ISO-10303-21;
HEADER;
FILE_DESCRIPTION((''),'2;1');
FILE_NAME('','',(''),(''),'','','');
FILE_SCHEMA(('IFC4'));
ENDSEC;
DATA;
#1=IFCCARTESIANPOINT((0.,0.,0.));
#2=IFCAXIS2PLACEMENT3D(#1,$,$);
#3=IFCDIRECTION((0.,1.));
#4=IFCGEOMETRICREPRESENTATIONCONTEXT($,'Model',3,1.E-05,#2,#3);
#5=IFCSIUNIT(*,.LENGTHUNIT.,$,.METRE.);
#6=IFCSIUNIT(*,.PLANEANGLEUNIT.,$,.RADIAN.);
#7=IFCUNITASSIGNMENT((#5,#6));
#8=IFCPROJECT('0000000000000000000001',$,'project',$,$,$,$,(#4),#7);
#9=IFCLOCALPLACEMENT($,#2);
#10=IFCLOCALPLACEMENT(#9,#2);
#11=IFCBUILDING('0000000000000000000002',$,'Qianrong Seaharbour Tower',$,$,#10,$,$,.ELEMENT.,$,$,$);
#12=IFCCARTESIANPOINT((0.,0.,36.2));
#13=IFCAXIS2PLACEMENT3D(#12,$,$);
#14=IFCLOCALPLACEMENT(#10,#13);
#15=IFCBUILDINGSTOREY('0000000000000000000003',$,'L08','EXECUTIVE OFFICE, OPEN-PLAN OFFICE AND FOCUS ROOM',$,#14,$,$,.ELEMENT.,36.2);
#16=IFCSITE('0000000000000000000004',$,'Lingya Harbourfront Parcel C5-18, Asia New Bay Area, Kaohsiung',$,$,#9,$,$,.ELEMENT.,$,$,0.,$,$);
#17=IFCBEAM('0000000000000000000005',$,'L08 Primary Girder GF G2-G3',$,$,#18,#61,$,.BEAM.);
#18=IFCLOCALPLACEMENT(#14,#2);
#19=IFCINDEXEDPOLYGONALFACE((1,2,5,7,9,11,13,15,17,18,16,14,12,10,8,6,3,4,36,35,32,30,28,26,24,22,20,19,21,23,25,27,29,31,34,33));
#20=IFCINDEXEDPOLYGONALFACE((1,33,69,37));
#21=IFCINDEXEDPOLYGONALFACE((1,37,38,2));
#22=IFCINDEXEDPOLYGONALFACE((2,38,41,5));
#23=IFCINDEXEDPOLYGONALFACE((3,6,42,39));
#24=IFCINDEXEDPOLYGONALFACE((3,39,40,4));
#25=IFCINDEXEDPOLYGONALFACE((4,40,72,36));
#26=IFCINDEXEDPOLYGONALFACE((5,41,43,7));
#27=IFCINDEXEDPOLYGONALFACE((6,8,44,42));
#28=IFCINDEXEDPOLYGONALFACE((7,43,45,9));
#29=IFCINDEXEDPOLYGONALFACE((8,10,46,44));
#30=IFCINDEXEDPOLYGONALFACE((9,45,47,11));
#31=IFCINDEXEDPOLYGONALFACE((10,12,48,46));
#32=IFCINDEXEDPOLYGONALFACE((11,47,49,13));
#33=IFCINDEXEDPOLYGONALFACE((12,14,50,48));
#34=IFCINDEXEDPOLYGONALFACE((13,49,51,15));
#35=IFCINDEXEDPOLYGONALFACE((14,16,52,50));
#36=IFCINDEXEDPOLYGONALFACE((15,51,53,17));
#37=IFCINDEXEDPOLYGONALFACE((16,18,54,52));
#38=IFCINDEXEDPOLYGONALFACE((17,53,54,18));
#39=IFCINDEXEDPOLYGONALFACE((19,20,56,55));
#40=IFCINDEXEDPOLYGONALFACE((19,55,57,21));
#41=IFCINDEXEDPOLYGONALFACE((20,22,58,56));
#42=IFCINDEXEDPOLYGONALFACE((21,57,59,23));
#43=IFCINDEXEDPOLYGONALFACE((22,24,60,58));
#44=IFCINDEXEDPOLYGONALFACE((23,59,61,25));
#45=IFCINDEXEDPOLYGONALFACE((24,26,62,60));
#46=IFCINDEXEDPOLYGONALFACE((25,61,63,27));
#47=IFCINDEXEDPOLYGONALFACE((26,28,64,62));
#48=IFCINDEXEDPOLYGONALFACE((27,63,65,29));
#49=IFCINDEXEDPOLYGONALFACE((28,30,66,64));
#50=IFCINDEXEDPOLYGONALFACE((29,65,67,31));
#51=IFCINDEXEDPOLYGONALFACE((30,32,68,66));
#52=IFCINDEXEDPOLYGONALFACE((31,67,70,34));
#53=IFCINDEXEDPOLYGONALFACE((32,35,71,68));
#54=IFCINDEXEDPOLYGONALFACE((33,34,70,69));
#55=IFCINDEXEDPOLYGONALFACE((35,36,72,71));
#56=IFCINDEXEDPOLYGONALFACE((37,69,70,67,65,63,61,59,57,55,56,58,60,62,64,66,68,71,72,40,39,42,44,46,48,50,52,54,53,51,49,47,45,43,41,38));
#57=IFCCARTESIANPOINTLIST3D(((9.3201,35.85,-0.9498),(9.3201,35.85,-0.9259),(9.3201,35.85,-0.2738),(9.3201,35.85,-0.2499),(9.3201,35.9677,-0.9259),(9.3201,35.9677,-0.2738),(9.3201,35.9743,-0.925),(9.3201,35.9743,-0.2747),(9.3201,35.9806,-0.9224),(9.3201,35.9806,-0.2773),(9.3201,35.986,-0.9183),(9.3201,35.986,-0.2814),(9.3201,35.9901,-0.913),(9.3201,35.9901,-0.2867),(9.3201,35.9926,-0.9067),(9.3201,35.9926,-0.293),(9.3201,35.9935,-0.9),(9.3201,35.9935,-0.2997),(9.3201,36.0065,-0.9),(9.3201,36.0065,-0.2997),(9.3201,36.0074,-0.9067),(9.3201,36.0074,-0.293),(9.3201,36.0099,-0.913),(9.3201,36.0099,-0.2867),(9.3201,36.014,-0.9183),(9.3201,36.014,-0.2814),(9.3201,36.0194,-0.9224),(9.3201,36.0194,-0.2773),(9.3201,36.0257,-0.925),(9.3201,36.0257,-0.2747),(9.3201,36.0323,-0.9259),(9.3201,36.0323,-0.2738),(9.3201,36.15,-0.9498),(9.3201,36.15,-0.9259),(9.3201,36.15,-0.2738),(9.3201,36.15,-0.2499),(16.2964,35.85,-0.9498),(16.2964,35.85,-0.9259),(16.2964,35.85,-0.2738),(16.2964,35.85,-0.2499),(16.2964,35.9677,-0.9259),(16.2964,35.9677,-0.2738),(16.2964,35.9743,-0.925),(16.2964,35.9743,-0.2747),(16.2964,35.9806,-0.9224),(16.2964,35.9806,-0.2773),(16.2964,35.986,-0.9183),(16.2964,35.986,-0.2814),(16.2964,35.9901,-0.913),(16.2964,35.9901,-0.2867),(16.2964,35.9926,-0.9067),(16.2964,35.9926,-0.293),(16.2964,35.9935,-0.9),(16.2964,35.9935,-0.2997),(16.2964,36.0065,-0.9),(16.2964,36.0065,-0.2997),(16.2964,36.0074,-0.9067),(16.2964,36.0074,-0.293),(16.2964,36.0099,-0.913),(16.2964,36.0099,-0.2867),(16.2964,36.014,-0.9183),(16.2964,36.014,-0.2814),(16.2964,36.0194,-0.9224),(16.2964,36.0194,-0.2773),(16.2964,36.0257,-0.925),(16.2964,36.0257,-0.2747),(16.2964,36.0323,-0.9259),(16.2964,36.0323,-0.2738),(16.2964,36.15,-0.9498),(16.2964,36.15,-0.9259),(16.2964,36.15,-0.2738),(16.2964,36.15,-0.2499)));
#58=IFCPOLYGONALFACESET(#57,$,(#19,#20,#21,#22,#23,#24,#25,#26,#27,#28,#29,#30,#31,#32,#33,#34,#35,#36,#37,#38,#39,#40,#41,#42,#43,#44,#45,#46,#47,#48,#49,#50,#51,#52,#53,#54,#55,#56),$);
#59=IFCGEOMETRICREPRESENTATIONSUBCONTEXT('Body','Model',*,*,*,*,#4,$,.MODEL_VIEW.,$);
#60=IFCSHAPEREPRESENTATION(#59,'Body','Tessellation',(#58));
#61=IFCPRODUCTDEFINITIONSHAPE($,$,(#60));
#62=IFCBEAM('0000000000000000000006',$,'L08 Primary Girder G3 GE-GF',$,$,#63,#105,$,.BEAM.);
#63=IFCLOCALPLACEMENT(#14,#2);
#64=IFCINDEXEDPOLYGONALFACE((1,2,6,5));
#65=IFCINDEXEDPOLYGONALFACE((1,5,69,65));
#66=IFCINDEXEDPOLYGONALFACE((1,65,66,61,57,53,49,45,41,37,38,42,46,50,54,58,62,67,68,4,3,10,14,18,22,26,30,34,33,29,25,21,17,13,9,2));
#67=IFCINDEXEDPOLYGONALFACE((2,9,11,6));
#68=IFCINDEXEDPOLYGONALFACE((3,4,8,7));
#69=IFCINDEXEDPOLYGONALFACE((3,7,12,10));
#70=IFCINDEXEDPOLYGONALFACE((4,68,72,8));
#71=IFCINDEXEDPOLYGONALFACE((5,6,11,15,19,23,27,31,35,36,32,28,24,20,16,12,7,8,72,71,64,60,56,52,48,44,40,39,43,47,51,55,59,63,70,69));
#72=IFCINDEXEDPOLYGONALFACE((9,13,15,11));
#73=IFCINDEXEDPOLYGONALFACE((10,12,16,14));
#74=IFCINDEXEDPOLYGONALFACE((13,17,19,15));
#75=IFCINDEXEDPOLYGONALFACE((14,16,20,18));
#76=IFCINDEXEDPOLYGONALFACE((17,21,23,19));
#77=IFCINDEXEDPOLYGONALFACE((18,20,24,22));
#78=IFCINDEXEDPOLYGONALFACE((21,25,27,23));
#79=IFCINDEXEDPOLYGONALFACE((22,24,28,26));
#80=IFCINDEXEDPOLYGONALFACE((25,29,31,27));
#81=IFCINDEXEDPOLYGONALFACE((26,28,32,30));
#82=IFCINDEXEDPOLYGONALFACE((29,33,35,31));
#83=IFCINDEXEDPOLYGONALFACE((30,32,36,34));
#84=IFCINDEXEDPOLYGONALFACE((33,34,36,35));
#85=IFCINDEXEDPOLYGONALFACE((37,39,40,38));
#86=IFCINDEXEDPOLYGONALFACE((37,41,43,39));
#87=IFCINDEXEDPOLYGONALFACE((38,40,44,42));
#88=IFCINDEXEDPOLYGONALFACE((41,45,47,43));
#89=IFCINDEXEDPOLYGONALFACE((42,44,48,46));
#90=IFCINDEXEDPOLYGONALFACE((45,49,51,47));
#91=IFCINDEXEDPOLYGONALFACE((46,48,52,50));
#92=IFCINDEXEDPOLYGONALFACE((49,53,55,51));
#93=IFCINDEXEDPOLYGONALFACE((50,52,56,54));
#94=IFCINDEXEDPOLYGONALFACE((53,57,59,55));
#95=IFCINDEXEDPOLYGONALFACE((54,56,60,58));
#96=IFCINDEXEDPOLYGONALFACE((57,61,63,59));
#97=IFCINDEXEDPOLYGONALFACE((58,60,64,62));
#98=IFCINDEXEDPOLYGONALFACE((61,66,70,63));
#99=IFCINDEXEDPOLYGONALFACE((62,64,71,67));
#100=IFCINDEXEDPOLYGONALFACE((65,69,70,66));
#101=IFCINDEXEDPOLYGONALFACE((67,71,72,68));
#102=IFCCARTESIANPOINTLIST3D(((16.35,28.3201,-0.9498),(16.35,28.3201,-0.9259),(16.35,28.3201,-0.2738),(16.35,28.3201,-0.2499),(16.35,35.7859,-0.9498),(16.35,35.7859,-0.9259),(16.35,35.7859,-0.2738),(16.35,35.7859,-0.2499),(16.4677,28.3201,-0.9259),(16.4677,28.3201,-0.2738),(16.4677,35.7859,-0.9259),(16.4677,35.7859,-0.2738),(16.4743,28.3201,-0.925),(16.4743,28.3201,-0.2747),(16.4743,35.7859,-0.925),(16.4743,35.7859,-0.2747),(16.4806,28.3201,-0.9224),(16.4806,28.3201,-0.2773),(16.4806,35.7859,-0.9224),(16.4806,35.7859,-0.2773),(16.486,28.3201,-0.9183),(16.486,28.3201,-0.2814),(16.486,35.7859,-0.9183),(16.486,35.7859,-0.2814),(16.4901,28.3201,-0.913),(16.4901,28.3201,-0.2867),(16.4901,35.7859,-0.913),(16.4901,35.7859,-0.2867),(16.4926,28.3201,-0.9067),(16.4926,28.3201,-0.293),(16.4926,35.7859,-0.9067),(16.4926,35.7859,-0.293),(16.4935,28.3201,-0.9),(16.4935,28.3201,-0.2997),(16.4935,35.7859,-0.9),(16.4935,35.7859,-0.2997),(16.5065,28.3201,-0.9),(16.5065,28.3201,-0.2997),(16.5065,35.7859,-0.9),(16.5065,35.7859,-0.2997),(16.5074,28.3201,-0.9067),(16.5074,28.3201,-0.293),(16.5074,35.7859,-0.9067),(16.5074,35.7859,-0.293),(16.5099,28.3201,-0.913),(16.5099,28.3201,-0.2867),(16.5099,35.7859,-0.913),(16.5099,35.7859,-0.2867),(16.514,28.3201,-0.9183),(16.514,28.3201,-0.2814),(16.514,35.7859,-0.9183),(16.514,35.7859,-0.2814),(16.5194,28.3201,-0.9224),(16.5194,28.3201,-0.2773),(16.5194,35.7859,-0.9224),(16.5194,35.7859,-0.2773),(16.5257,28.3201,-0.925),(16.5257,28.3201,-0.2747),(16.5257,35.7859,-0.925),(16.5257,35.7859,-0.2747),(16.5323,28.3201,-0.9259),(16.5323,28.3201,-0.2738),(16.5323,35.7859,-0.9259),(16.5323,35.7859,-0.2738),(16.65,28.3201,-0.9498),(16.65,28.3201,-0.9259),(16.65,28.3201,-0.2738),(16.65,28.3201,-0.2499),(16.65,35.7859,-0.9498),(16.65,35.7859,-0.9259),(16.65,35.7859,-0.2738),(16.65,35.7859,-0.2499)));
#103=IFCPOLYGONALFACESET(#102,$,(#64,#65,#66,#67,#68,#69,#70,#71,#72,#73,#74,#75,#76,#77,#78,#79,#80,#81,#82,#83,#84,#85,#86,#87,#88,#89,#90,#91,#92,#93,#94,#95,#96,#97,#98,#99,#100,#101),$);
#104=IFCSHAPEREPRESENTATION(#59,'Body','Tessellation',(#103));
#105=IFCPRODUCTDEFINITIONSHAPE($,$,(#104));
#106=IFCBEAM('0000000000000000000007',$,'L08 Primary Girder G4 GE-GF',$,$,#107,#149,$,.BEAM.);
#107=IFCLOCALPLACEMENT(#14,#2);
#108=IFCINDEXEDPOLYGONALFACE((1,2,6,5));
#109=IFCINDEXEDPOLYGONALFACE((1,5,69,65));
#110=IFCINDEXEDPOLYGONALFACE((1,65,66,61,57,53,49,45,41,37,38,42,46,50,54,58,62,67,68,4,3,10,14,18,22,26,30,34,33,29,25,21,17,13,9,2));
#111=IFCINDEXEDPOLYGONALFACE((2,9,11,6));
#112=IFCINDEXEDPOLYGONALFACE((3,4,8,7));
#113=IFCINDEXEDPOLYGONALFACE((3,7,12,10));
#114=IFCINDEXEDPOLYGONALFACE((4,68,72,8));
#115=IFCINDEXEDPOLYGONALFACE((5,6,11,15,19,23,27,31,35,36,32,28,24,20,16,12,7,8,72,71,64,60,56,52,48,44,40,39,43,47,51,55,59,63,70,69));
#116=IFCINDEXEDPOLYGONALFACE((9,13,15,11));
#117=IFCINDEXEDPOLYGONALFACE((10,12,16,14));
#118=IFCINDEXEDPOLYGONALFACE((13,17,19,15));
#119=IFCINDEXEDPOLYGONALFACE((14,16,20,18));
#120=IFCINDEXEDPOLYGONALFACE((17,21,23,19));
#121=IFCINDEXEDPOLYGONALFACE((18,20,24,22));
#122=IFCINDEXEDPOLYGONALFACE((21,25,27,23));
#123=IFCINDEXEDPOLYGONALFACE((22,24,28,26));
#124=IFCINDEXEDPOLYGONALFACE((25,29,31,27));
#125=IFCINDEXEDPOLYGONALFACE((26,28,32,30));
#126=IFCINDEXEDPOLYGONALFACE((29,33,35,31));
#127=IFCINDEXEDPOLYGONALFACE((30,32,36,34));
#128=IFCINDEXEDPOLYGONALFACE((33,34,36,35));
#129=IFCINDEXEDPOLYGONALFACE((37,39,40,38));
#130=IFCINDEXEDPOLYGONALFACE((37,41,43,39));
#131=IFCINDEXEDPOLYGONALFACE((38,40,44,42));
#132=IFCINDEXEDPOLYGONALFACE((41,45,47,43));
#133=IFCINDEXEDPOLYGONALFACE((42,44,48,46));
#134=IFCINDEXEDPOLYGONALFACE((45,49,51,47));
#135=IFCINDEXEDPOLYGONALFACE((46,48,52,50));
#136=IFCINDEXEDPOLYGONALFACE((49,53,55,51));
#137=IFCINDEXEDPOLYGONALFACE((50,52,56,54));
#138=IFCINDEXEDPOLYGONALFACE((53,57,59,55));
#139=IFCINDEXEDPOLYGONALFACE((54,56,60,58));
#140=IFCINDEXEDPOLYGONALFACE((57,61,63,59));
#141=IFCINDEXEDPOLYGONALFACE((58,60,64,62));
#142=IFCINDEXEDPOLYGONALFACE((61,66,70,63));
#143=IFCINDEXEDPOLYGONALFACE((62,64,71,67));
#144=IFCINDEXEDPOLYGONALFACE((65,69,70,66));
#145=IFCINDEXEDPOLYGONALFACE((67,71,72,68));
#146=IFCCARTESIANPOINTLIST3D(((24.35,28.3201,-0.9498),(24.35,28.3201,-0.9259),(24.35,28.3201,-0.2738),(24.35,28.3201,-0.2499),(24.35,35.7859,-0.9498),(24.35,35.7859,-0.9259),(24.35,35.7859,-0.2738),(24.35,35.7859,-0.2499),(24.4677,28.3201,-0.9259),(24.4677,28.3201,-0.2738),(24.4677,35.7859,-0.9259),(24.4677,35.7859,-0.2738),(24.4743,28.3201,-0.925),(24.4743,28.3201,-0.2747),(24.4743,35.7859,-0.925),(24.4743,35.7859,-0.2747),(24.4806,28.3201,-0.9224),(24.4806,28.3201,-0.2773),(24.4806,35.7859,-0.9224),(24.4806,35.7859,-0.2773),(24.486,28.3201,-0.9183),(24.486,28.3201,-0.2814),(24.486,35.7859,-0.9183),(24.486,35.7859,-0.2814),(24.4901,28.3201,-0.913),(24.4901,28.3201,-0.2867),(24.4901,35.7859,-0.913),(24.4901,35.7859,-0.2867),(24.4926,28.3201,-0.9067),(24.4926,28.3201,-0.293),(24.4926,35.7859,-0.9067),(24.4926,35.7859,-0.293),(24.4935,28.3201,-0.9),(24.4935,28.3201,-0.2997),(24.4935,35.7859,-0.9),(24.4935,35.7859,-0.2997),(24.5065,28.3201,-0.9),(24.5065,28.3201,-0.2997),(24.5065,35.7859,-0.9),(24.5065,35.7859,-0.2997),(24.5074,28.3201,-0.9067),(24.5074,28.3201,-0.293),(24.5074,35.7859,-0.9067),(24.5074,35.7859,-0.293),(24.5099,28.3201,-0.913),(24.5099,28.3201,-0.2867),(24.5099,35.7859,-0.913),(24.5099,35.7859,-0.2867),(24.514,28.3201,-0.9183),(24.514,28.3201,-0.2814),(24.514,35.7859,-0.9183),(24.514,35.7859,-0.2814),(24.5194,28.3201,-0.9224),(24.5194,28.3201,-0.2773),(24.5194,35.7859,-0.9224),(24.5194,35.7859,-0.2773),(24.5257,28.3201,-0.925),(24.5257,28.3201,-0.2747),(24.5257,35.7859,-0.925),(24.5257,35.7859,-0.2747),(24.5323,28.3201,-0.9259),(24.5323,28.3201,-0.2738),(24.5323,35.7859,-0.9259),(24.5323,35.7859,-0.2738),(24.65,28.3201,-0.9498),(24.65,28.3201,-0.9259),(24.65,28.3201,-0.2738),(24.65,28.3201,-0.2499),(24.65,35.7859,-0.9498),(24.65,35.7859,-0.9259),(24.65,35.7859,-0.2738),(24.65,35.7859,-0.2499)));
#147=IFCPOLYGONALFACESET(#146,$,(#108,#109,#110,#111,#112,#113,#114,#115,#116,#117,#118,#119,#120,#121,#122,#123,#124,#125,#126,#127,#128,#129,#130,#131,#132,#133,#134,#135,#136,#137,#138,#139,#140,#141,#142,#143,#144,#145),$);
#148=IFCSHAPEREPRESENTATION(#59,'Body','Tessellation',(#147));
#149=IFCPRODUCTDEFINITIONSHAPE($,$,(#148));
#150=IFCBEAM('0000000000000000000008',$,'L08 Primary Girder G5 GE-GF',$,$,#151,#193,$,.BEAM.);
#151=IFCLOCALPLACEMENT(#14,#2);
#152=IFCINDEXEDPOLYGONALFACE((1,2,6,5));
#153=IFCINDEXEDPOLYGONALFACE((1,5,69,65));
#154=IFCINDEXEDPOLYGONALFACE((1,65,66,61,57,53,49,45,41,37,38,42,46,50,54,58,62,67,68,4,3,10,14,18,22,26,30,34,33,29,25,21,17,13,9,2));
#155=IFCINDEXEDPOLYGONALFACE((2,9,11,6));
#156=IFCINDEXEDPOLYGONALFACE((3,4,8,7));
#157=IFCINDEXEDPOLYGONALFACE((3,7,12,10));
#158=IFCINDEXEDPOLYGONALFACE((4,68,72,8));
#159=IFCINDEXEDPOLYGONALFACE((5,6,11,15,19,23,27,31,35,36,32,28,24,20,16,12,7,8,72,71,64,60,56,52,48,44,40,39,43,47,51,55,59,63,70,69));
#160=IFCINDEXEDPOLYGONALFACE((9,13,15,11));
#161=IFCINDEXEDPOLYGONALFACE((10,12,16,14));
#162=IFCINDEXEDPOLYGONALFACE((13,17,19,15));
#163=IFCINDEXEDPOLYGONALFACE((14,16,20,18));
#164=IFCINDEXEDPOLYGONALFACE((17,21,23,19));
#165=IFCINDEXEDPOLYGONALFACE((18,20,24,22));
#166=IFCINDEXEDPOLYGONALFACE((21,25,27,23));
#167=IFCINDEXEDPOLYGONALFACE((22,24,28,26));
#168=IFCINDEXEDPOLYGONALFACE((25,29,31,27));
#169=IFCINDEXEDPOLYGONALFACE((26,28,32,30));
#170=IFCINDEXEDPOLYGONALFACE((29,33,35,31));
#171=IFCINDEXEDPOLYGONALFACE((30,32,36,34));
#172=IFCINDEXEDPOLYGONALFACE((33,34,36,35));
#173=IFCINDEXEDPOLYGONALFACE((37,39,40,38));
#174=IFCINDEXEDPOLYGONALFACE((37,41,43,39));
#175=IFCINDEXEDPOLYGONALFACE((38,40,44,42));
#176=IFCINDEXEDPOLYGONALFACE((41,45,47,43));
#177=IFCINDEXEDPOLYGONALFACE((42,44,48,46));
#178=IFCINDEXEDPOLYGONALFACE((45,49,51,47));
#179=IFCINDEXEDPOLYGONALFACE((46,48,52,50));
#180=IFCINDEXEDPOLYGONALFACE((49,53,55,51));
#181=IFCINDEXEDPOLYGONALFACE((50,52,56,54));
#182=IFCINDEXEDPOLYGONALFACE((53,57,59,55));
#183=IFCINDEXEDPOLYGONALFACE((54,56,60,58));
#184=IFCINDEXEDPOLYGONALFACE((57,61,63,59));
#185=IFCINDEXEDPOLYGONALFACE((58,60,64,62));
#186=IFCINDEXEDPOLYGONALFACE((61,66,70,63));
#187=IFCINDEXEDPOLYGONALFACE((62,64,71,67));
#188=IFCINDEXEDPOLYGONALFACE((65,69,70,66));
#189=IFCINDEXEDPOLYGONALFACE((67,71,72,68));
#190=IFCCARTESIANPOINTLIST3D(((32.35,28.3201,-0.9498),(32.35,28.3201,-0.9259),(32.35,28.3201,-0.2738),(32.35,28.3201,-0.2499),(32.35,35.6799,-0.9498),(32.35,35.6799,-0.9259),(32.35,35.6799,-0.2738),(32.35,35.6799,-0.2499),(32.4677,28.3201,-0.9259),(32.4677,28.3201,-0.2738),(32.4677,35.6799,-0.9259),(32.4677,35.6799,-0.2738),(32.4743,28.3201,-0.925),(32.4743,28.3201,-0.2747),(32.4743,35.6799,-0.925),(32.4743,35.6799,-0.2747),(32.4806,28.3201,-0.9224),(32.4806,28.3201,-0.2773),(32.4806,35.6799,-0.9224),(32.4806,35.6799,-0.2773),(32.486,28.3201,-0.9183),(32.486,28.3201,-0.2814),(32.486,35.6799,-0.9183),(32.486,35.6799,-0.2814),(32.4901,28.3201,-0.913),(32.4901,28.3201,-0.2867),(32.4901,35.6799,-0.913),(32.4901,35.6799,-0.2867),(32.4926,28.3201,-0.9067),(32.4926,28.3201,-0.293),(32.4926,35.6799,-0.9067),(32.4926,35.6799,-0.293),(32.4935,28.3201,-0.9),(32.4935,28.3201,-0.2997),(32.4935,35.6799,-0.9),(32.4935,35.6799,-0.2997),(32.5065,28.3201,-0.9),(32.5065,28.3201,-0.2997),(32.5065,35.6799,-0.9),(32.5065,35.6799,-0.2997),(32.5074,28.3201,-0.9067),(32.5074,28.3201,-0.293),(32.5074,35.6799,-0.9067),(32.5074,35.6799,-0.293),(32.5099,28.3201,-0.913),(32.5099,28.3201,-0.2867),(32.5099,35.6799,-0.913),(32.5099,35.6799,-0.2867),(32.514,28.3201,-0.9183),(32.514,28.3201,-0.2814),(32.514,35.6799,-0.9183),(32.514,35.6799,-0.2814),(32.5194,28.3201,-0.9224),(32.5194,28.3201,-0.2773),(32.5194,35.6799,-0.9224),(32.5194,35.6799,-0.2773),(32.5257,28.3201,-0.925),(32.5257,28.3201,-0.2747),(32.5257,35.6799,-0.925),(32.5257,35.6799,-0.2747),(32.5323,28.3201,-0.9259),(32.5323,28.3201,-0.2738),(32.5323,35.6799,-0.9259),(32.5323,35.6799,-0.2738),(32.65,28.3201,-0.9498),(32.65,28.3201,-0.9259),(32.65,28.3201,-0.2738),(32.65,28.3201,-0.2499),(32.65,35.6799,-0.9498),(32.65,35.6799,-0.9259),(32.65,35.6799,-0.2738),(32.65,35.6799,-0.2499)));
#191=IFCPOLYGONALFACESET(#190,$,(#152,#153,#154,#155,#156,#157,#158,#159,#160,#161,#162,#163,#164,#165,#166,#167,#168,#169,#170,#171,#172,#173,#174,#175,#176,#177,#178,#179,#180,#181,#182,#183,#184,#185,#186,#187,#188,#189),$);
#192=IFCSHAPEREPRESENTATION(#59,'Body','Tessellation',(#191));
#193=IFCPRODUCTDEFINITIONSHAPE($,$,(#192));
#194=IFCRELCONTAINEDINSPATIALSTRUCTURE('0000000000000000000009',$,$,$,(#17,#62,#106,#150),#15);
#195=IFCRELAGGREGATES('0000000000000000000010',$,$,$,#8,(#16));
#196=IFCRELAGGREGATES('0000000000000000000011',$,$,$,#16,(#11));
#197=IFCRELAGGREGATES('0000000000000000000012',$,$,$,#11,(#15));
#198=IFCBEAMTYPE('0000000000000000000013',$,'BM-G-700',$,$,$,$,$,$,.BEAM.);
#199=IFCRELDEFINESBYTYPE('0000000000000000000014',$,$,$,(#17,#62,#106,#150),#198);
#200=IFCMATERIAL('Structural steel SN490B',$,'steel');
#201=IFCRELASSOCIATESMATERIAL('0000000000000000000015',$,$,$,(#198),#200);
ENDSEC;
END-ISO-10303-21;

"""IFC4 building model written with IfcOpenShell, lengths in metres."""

from ifc_helpers import new_model, si_unit, direction, frame, origin, origin_2d, place, context, subcontext, project, spatial, i_section, extrude, material, material_profile, profile_set, type_object, element, save


model = new_model("IFC4")

# Units and contexts
model_context = context("Model", 3, precision=1e-05, world=origin(), true_north=direction((0.0, 1.0)))
body_context = subcontext(model_context, "Body", "Model", "MODEL_VIEW")
ifc_project = project(units=[si_unit("LENGTHUNIT", "METRE"), si_unit("PLANEANGLEUNIT", "RADIAN")], contexts=[model_context])

# Site, building, storey
site_placement = place(None, origin())
site = spatial("IfcSite", under=ifc_project, at=site_placement, Name="Lingya Harbourfront Parcel C5-18, Asia New Bay Area, Kaohsiung", CompositionType="ELEMENT", RefElevation=0.0)
building_placement = place(site_placement, origin())
building = spatial("IfcBuilding", under=site, at=building_placement, Name="Qianrong Seaharbour Tower", CompositionType="ELEMENT")
storey_placement = place(building_placement, frame((0.0, 0.0, 36.2)))
storey = spatial("IfcBuildingStorey", under=building, at=storey_placement, Name="L08", Description="EXECUTIVE OFFICE, OPEN-PLAN OFFICE AND FOCUS ROOM", CompositionType="ELEMENT", Elevation=36.2)

# Shared definitions
ifc_material_1 = material(Name="Structural steel SN490B", Category="steel")

# Beams
ifc_material_profile_1 = material_profile(ifc_material_1, i_section(OverallWidth=0.3, OverallDepth=0.7, WebThickness=0.0129, FlangeThickness=0.0239, FilletRadius=0.0259, at=origin_2d()), Name="H700x300x13x24")
ifc_profile_set_1 = profile_set([ifc_material_profile_1], Name="Structural steel SN490B")
beam_type_1 = type_object("IfcBeamType", Name="BM-G-700", PredefinedType="BEAM", material=ifc_profile_set_1)
beam_1_placement = place(storey_placement, frame((9.3201, 36.0, -0.5999), z_axis=(1.0, 0.0, 0.0), x_axis=(0.0, 1.0, 0.0)))
element("IfcBeam", 1, at=beam_1_placement, inside=storey, type_object=beam_type_1, Name="L08 Primary Girder GF G2-G3", PredefinedType="BEAM", context=body_context, shape_type="SweptSolid", body=[
    extrude(i_section(OverallWidth=0.3, OverallDepth=0.7, WebThickness=0.0129, FlangeThickness=0.0239, FilletRadius=0.0259, at=origin_2d()), origin(), (0.0, 0.0, 1.0), 6.9763),
])
for number, where, z_axis, x_axis, name in (
    (2, (16.5, 28.3201, -0.5999), (0.0, 1.0, 0.0), (-1.0, 0.0, 0.0), "L08 Primary Girder G3 GE-GF"),
    (3, (24.5, 28.3201, -0.5999), (0.0, 1.0, 0.0), (-1.0, 0.0, 0.0), "L08 Primary Girder G4 GE-GF"),
):
    element("IfcBeam", number, at=place(storey_placement, frame(where, z_axis=z_axis, x_axis=x_axis)), inside=storey, type_object=beam_type_1, Name=name, PredefinedType="BEAM", context=body_context, shape_type="SweptSolid", body=[
        extrude(i_section(OverallWidth=0.3, OverallDepth=0.7, WebThickness=0.0129, FlangeThickness=0.0239, FilletRadius=0.0259, at=origin_2d()), origin(), (0.0, 0.0, 1.0), 7.4658),
    ])
beam_2_placement = place(storey_placement, frame((32.5, 28.3201, -0.5999), z_axis=(0.0, 1.0, 0.0), x_axis=(-1.0, 0.0, 0.0)))
element("IfcBeam", 4, at=beam_2_placement, inside=storey, type_object=beam_type_1, Name="L08 Primary Girder G5 GE-GF", PredefinedType="BEAM", context=body_context, shape_type="SweptSolid", body=[
    extrude(i_section(OverallWidth=0.3, OverallDepth=0.7, WebThickness=0.0129, FlangeThickness=0.0239, FilletRadius=0.0259, at=origin_2d()), origin(), (0.0, 0.0, 1.0), 7.3599),
])

save(model, "model.ifc")
